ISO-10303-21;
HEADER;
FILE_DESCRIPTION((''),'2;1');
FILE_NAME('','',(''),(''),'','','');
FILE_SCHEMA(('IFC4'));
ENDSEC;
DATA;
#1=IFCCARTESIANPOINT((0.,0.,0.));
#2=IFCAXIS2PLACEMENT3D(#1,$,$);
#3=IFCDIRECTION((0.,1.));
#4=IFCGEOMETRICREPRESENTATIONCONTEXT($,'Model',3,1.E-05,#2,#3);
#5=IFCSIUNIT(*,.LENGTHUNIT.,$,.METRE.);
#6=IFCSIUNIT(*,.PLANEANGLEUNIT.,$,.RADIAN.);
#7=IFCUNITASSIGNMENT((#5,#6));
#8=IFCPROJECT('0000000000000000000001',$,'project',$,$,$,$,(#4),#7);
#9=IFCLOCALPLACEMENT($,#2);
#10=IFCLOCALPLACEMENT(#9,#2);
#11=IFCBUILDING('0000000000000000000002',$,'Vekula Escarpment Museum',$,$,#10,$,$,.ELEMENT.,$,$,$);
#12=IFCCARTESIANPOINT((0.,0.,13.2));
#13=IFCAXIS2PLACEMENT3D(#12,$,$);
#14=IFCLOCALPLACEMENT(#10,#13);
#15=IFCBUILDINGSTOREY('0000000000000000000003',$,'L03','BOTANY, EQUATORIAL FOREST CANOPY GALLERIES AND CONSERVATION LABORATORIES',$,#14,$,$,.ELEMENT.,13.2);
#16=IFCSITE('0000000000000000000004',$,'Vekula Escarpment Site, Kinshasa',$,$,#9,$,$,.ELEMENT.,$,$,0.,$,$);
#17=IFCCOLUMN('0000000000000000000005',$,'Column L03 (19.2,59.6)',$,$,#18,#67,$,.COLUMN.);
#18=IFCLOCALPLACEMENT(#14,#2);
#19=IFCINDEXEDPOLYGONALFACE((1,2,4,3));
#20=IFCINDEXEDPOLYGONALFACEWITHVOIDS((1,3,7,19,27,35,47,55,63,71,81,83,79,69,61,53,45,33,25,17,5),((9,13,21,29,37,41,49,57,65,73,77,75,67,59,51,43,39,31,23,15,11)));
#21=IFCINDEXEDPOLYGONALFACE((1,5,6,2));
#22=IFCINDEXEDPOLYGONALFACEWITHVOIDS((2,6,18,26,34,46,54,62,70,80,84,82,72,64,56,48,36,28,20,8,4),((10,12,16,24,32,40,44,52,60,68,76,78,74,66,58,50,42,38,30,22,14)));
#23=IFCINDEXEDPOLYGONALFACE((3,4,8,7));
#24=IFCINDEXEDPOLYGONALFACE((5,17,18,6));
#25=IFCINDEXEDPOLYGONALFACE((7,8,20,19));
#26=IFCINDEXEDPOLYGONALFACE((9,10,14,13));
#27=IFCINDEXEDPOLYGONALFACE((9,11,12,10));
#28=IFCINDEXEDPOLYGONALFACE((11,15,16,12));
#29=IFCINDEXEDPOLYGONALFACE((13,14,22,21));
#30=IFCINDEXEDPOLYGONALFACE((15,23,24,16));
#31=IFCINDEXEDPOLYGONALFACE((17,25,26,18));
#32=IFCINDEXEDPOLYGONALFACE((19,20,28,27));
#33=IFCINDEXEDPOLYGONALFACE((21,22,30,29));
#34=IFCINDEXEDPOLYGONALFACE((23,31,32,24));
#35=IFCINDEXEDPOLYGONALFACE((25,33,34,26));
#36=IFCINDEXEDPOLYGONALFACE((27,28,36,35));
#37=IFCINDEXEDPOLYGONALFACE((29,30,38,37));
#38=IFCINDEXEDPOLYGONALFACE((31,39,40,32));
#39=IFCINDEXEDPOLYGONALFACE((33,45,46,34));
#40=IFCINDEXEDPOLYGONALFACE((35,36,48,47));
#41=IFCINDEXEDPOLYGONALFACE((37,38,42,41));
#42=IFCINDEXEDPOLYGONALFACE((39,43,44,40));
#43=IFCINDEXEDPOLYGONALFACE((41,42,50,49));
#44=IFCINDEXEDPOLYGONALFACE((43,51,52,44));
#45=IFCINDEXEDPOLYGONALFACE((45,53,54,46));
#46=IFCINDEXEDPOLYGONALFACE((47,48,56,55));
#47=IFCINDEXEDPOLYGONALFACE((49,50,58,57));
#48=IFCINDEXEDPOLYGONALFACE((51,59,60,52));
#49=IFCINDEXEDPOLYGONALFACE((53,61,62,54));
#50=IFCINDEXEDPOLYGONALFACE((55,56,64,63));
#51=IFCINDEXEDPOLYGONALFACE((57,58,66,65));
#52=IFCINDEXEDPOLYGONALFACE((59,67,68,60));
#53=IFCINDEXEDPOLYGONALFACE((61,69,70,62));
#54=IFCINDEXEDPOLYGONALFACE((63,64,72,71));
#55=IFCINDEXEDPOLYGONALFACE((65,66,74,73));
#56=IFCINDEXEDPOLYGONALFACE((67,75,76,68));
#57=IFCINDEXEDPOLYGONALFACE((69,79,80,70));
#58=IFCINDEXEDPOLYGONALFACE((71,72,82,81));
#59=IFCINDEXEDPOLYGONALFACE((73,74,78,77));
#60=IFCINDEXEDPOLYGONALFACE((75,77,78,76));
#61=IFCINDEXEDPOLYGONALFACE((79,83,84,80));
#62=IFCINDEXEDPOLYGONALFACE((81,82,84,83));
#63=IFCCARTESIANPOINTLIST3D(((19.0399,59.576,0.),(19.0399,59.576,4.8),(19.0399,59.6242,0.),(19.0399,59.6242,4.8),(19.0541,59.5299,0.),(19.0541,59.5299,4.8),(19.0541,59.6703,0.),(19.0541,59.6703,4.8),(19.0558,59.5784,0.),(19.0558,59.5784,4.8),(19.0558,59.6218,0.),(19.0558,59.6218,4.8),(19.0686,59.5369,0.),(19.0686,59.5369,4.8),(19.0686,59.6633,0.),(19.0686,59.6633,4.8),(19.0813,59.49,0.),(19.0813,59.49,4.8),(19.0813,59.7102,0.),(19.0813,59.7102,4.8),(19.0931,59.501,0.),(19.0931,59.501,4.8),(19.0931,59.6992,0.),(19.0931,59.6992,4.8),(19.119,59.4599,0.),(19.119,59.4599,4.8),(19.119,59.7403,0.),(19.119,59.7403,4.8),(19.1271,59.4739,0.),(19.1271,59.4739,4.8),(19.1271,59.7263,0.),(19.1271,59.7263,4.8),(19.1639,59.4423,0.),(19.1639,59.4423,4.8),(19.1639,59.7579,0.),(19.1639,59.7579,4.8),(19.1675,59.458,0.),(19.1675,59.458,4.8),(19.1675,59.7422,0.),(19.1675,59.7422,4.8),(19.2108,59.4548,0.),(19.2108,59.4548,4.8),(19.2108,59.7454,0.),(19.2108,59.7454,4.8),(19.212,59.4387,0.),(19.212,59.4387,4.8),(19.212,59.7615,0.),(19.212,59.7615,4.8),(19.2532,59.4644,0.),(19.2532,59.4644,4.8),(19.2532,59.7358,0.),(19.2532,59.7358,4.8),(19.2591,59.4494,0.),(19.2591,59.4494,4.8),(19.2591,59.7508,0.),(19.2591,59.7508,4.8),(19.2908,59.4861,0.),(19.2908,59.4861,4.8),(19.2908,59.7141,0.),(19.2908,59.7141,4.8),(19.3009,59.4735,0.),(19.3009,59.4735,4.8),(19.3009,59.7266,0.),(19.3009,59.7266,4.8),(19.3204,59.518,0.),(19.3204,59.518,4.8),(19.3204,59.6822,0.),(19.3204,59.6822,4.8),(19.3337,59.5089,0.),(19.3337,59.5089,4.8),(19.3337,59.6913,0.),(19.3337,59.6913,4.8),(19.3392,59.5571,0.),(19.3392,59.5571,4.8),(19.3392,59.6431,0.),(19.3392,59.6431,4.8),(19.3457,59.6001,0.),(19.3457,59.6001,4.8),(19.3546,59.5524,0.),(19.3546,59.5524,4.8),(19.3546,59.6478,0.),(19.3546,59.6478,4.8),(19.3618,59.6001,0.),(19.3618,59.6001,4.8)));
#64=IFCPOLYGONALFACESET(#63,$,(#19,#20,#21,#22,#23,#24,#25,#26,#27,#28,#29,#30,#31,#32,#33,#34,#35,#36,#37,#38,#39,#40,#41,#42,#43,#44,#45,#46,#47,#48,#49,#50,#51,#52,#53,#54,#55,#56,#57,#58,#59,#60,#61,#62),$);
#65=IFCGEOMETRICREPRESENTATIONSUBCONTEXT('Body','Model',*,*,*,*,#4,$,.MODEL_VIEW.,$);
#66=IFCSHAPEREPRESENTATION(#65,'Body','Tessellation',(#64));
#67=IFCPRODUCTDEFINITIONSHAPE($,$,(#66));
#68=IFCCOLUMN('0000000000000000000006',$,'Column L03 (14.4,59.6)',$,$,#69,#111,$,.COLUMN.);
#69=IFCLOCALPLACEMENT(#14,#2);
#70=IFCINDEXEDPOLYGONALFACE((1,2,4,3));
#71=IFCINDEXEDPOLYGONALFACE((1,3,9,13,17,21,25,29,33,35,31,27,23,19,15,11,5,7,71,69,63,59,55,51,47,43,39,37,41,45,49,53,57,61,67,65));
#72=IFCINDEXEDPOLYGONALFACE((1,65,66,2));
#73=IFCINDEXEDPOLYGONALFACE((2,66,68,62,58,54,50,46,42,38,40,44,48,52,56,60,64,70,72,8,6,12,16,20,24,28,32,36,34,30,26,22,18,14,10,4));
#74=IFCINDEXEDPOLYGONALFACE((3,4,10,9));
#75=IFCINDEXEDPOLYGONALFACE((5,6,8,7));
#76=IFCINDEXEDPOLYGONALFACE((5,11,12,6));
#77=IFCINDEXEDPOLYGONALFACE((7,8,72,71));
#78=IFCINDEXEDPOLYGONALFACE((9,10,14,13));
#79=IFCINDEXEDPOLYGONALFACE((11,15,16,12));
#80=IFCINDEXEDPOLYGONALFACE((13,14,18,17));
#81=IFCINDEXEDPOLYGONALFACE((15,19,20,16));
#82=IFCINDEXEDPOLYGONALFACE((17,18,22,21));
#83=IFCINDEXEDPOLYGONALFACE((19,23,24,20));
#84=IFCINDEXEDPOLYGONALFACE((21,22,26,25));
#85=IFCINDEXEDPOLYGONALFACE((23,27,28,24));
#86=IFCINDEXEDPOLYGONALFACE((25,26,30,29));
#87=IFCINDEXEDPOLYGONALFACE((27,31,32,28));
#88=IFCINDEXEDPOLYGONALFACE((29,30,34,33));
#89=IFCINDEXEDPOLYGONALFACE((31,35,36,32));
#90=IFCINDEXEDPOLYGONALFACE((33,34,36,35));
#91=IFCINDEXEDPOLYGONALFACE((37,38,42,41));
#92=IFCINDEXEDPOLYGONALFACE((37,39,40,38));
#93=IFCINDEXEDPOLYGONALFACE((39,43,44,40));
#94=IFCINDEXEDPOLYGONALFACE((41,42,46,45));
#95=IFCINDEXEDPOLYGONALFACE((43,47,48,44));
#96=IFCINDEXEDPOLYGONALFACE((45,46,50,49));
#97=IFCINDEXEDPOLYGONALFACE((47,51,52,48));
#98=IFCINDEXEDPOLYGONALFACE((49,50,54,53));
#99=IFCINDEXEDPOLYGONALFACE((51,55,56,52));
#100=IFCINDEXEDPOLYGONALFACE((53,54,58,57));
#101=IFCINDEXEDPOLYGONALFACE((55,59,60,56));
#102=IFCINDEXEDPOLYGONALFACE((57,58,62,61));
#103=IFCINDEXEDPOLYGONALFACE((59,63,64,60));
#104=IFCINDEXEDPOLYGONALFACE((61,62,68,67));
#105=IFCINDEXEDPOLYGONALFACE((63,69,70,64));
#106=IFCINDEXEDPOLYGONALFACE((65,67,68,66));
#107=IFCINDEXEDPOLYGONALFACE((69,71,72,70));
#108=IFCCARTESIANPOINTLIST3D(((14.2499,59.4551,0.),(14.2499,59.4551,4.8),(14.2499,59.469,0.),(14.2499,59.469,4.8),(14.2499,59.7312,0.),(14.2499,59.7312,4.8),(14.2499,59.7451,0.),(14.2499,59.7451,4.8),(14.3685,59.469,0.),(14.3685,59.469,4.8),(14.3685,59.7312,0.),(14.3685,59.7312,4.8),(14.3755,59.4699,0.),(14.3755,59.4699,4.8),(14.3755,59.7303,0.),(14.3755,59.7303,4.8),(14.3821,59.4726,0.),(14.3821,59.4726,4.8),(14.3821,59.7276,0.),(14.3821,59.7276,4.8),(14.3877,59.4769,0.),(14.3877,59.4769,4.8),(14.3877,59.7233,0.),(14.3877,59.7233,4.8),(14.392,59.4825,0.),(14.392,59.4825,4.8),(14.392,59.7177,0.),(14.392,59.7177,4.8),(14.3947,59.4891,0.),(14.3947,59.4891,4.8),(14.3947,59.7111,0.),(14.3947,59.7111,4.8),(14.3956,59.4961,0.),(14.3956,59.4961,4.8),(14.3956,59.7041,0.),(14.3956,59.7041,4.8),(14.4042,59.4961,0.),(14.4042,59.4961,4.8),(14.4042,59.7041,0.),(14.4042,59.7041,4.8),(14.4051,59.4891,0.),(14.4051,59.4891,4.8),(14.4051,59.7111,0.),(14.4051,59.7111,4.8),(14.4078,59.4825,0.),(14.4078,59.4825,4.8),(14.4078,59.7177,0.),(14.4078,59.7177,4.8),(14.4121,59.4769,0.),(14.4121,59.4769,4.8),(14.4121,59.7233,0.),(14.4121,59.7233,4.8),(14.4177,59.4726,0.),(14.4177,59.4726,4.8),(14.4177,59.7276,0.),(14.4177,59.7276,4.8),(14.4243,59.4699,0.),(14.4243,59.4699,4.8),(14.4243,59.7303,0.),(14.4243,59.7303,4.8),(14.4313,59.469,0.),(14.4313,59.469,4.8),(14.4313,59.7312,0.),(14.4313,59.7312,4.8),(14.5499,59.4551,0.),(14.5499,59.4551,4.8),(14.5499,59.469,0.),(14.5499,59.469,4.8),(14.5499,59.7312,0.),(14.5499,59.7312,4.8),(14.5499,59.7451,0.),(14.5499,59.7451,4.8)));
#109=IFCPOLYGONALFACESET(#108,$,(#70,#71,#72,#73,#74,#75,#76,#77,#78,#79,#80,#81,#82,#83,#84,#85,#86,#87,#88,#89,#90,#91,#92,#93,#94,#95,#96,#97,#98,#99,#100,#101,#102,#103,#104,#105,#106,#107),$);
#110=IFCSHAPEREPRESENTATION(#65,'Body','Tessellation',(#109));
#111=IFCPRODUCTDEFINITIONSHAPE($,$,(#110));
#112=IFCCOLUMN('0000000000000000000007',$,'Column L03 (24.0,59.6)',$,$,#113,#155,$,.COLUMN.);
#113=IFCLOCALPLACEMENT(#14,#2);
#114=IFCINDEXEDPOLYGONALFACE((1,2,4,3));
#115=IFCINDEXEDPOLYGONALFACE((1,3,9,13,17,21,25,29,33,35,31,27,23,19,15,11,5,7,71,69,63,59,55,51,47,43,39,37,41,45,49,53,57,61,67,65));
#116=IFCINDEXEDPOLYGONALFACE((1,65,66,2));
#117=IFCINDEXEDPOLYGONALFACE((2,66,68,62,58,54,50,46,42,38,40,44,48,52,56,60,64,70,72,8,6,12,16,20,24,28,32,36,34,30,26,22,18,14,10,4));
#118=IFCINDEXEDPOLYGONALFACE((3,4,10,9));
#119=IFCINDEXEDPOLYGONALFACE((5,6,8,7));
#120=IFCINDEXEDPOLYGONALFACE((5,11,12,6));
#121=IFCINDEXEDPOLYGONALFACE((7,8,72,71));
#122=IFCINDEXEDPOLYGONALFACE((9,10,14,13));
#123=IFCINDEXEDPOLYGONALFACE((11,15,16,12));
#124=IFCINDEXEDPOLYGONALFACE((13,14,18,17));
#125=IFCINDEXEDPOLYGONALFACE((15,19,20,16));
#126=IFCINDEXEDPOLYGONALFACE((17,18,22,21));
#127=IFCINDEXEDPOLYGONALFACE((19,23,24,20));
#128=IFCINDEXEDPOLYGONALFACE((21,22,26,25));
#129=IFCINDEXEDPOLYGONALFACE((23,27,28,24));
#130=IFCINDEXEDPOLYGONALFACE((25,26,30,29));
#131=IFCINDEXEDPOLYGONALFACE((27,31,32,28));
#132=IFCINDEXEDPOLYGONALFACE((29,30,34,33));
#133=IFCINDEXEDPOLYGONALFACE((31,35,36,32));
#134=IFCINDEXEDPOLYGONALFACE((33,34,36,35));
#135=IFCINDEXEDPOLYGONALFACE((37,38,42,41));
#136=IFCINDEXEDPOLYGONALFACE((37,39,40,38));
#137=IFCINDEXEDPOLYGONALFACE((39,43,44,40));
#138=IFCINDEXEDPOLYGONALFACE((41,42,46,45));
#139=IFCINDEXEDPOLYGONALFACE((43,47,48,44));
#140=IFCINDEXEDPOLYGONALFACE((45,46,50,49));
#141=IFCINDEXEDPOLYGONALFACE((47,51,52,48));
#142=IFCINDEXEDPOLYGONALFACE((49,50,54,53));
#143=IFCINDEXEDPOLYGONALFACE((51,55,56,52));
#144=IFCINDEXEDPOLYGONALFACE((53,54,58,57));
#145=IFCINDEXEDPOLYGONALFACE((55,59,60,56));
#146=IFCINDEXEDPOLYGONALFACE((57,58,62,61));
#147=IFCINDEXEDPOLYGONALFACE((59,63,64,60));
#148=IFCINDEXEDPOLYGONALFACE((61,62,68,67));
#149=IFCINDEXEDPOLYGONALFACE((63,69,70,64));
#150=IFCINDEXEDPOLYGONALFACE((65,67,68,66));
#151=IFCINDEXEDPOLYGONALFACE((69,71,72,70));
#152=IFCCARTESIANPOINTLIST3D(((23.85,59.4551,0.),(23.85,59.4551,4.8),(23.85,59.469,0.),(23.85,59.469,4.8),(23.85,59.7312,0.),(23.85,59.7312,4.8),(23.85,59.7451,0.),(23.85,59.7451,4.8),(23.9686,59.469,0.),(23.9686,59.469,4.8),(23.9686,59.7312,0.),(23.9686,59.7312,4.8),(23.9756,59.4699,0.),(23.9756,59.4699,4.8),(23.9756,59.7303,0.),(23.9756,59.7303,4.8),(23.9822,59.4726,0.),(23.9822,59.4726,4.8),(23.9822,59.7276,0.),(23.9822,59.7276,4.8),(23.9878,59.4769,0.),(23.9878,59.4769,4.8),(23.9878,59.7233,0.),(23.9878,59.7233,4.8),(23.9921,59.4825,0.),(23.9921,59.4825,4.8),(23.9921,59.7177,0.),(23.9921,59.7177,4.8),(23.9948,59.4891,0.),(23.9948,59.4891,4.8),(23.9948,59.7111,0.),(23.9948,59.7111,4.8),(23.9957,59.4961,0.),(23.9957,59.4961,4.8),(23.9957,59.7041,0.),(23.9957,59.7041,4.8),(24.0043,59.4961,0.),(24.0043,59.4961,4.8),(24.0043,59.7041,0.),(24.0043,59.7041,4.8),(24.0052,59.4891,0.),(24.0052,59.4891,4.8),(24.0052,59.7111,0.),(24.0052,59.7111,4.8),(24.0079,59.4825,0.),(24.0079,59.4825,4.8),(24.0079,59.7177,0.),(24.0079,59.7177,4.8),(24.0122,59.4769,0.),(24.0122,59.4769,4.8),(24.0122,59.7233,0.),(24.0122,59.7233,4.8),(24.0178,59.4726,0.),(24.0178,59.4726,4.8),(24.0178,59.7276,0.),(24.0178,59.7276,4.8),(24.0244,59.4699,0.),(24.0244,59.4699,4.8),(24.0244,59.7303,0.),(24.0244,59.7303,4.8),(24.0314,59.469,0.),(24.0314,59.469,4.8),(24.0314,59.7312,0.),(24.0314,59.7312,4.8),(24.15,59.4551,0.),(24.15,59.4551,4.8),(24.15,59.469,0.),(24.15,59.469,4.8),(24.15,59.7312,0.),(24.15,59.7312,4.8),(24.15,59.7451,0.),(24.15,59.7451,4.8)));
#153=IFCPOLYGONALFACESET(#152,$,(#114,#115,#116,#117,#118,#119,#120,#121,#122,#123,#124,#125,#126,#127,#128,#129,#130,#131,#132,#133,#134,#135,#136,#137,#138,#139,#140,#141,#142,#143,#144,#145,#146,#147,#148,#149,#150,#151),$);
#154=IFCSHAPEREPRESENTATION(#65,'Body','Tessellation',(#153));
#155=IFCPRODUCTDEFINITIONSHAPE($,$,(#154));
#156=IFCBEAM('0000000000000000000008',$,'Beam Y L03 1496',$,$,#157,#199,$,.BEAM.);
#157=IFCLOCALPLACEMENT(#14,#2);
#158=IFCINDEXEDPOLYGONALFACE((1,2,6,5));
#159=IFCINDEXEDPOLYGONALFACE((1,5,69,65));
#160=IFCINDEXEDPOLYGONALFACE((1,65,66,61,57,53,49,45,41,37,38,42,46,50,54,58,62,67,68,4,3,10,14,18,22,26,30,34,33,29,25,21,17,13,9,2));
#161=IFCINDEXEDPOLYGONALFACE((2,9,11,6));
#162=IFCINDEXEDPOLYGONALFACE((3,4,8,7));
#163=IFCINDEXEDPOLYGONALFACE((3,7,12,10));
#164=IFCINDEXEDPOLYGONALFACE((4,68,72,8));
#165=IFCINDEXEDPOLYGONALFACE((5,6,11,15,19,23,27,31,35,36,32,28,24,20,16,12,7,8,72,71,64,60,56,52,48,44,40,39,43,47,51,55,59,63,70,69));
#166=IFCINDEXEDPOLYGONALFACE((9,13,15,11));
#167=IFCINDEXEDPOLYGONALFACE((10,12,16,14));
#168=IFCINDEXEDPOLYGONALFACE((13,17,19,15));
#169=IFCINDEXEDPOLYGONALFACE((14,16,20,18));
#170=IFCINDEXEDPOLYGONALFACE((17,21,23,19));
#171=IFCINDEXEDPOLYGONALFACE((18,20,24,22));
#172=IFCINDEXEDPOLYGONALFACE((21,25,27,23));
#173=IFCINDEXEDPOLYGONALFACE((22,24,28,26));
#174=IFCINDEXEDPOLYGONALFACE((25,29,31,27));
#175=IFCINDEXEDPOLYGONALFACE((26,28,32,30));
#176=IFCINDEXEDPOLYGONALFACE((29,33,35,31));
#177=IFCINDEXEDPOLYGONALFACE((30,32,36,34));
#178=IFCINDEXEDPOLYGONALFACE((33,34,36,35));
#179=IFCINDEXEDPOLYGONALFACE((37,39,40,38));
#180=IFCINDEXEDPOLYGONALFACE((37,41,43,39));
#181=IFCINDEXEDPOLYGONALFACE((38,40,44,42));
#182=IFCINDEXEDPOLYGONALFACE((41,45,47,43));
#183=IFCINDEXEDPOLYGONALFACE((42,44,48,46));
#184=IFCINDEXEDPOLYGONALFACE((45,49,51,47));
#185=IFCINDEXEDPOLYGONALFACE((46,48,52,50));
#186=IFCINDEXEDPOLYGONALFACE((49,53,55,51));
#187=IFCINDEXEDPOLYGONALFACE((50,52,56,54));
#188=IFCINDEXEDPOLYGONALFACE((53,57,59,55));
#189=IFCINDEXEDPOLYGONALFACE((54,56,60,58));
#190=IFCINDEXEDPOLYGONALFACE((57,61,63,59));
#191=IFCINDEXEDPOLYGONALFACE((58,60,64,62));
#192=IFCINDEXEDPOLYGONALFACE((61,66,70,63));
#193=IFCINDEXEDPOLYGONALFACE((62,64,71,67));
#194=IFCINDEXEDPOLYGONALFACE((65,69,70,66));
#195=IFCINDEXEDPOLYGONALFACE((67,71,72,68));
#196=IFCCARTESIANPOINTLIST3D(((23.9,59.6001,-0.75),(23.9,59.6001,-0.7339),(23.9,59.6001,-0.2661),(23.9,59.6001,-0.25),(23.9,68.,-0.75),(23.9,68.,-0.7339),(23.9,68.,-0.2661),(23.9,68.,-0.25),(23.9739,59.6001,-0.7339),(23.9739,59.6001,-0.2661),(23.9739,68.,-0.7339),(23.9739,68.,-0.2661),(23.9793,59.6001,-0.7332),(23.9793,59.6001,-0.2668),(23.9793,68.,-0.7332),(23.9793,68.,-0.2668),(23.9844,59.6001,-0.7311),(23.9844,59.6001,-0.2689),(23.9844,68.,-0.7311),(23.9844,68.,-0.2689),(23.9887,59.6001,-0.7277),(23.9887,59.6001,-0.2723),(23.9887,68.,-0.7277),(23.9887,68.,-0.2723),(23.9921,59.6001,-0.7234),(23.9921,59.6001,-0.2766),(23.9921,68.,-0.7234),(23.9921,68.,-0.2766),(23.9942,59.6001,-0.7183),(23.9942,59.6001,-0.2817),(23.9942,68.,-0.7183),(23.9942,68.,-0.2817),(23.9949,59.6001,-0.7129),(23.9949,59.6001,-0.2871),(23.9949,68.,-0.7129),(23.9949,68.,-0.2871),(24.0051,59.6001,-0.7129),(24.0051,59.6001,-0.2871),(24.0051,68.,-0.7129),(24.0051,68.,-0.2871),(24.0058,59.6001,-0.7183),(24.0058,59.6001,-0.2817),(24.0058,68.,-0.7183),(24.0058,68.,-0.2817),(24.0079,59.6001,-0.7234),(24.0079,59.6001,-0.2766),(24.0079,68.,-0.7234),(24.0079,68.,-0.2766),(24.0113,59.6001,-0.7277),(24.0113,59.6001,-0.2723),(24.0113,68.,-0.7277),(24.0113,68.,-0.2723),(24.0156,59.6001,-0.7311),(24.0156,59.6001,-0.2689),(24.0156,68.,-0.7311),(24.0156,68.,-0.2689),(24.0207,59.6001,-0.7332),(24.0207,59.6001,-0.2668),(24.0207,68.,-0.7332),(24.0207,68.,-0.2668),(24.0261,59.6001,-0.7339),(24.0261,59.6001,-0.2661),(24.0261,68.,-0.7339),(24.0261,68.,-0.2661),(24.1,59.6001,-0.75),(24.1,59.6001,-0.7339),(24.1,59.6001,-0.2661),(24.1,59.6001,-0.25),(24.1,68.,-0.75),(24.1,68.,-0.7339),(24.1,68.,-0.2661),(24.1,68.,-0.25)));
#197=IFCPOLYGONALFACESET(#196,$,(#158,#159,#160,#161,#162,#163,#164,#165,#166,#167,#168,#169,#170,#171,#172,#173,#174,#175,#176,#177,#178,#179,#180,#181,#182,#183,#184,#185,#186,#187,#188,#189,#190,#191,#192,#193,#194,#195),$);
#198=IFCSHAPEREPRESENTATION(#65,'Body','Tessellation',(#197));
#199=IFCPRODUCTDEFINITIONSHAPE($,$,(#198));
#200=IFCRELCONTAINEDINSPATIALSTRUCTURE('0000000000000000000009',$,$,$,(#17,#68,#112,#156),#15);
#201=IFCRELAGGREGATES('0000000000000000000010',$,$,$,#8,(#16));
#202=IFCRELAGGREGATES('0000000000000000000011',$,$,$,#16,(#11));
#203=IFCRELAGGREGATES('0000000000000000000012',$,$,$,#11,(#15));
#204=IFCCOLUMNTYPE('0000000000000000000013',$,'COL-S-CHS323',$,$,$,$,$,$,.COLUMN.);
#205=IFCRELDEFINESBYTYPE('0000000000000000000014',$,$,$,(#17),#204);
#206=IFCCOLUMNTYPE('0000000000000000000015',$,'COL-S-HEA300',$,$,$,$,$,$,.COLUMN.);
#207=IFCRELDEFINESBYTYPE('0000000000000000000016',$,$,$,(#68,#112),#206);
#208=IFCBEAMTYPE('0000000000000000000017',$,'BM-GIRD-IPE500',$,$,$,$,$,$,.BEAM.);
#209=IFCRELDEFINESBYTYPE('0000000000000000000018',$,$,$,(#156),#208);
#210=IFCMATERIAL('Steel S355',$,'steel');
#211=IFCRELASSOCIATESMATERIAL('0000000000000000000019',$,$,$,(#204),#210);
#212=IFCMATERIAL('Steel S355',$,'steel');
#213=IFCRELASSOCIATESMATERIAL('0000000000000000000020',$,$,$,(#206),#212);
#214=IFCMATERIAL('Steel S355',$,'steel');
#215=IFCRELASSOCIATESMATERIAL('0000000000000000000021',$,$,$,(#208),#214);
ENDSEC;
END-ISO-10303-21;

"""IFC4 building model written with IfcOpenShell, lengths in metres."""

from ifc_helpers import new_model, si_unit, direction, frame, origin, origin_2d, place, context, subcontext, project, spatial, hollow_circle, i_section, extrude, material, material_profile, profile_set, type_object, element, save


model = new_model("IFC4")

# Units and contexts
model_context = context("Model", 3, precision=1e-05, world=origin(), true_north=direction((0.0, 1.0)))
body_context = subcontext(model_context, "Body", "Model", "MODEL_VIEW")
ifc_project = project(units=[si_unit("LENGTHUNIT", "METRE"), si_unit("PLANEANGLEUNIT", "RADIAN")], contexts=[model_context])

# Site, building, storey
site_placement = place(None, origin())
site = spatial("IfcSite", under=ifc_project, at=site_placement, Name="Vekula Escarpment Site, Kinshasa", CompositionType="ELEMENT", RefElevation=0.0)
building_placement = place(site_placement, origin())
building = spatial("IfcBuilding", under=site, at=building_placement, Name="Vekula Escarpment Museum", CompositionType="ELEMENT")
storey_placement = place(building_placement, frame((0.0, 0.0, 13.2)))
storey = spatial("IfcBuildingStorey", under=building, at=storey_placement, Name="L03", Description="BOTANY, EQUATORIAL FOREST CANOPY GALLERIES AND CONSERVATION LABORATORIES", CompositionType="ELEMENT", Elevation=13.2)

# Columns
ifc_material_1 = material(Name="Steel S355", Category="steel")
ifc_material_profile_1 = material_profile(ifc_material_1, hollow_circle(Radius=0.1619, WallThickness=0.0161, at=origin_2d()), Name="CHS 323.9x16")
ifc_profile_set_1 = profile_set([ifc_material_profile_1], Name="Steel S355")
column_type_1 = type_object("IfcColumnType", Name="COL-S-CHS323", PredefinedType="COLUMN", material=ifc_profile_set_1)
column_placement = place(storey_placement, frame((19.2, 59.6001, 0.0), z_axis=(0.0, 0.0, 1.0), x_axis=(1.0, 0.0, 0.0)))
element("IfcColumn", 1, at=column_placement, inside=storey, type_object=column_type_1, Name="Column L03 (19.2,59.6)", PredefinedType="COLUMN", context=body_context, shape_type="SweptSolid", body=[
    extrude(hollow_circle(Radius=0.1619, WallThickness=0.0161, at=origin_2d()), origin(), (0.0, 0.0, 1.0), 4.8),
])
ifc_material_2 = material(Name="Steel S355", Category="steel")
ifc_material_profile_2 = material_profile(ifc_material_2, i_section(OverallWidth=0.3, OverallDepth=0.29, WebThickness=0.0085, FlangeThickness=0.0139, FilletRadius=0.0271, at=origin_2d()), Name="HEA 300")
ifc_profile_set_2 = profile_set([ifc_material_profile_2], Name="Steel S355")
column_type_2 = type_object("IfcColumnType", Name="COL-S-HEA300", PredefinedType="COLUMN", material=ifc_profile_set_2)
for number, where, z_axis, x_axis, name in (
    (2, (14.3999, 59.6001, 0.0), (0.0, 0.0, 1.0), (1.0, 0.0, 0.0), "Column L03 (14.4,59.6)"),
    (3, (24.0, 59.6001, 0.0), (0.0, 0.0, 1.0), (1.0, 0.0, 0.0), "Column L03 (24.0,59.6)"),
):
    element("IfcColumn", number, at=place(storey_placement, frame(where, z_axis=z_axis, x_axis=x_axis)), inside=storey, type_object=column_type_2, Name=name, PredefinedType="COLUMN", context=body_context, shape_type="SweptSolid", body=[
        extrude(i_section(OverallWidth=0.3, OverallDepth=0.29, WebThickness=0.0085, FlangeThickness=0.0139, FilletRadius=0.0271, at=origin_2d()), origin(), (0.0, 0.0, 1.0), 4.8),
    ])

# Beam
ifc_material_3 = material(Name="Steel S355", Category="steel")
ifc_material_profile_3 = material_profile(ifc_material_3, i_section(OverallWidth=0.2, OverallDepth=0.5, WebThickness=0.0103, FlangeThickness=0.0161, FilletRadius=0.021, at=origin_2d()), Name="IPE 500")
ifc_profile_set_3 = profile_set([ifc_material_profile_3], Name="Steel S355")
beam_type_1 = type_object("IfcBeamType", Name="BM-GIRD-IPE500", PredefinedType="BEAM", material=ifc_profile_set_3)
beam_1_placement = place(storey_placement, frame((24.0, 59.6001, -0.5), z_axis=(0.0, 1.0, 0.0), x_axis=(-1.0, 0.0, 0.0)))
element("IfcBeam", 4, at=beam_1_placement, inside=storey, type_object=beam_type_1, Name="Beam Y L03 1496", PredefinedType="BEAM", context=body_context, shape_type="SweptSolid", body=[
    extrude(i_section(OverallWidth=0.2, OverallDepth=0.5, WebThickness=0.0103, FlangeThickness=0.0161, FilletRadius=0.021, at=origin_2d()), origin(), (0.0, 0.0, 1.0), 8.3999),
])

save(model, "model.ifc")
